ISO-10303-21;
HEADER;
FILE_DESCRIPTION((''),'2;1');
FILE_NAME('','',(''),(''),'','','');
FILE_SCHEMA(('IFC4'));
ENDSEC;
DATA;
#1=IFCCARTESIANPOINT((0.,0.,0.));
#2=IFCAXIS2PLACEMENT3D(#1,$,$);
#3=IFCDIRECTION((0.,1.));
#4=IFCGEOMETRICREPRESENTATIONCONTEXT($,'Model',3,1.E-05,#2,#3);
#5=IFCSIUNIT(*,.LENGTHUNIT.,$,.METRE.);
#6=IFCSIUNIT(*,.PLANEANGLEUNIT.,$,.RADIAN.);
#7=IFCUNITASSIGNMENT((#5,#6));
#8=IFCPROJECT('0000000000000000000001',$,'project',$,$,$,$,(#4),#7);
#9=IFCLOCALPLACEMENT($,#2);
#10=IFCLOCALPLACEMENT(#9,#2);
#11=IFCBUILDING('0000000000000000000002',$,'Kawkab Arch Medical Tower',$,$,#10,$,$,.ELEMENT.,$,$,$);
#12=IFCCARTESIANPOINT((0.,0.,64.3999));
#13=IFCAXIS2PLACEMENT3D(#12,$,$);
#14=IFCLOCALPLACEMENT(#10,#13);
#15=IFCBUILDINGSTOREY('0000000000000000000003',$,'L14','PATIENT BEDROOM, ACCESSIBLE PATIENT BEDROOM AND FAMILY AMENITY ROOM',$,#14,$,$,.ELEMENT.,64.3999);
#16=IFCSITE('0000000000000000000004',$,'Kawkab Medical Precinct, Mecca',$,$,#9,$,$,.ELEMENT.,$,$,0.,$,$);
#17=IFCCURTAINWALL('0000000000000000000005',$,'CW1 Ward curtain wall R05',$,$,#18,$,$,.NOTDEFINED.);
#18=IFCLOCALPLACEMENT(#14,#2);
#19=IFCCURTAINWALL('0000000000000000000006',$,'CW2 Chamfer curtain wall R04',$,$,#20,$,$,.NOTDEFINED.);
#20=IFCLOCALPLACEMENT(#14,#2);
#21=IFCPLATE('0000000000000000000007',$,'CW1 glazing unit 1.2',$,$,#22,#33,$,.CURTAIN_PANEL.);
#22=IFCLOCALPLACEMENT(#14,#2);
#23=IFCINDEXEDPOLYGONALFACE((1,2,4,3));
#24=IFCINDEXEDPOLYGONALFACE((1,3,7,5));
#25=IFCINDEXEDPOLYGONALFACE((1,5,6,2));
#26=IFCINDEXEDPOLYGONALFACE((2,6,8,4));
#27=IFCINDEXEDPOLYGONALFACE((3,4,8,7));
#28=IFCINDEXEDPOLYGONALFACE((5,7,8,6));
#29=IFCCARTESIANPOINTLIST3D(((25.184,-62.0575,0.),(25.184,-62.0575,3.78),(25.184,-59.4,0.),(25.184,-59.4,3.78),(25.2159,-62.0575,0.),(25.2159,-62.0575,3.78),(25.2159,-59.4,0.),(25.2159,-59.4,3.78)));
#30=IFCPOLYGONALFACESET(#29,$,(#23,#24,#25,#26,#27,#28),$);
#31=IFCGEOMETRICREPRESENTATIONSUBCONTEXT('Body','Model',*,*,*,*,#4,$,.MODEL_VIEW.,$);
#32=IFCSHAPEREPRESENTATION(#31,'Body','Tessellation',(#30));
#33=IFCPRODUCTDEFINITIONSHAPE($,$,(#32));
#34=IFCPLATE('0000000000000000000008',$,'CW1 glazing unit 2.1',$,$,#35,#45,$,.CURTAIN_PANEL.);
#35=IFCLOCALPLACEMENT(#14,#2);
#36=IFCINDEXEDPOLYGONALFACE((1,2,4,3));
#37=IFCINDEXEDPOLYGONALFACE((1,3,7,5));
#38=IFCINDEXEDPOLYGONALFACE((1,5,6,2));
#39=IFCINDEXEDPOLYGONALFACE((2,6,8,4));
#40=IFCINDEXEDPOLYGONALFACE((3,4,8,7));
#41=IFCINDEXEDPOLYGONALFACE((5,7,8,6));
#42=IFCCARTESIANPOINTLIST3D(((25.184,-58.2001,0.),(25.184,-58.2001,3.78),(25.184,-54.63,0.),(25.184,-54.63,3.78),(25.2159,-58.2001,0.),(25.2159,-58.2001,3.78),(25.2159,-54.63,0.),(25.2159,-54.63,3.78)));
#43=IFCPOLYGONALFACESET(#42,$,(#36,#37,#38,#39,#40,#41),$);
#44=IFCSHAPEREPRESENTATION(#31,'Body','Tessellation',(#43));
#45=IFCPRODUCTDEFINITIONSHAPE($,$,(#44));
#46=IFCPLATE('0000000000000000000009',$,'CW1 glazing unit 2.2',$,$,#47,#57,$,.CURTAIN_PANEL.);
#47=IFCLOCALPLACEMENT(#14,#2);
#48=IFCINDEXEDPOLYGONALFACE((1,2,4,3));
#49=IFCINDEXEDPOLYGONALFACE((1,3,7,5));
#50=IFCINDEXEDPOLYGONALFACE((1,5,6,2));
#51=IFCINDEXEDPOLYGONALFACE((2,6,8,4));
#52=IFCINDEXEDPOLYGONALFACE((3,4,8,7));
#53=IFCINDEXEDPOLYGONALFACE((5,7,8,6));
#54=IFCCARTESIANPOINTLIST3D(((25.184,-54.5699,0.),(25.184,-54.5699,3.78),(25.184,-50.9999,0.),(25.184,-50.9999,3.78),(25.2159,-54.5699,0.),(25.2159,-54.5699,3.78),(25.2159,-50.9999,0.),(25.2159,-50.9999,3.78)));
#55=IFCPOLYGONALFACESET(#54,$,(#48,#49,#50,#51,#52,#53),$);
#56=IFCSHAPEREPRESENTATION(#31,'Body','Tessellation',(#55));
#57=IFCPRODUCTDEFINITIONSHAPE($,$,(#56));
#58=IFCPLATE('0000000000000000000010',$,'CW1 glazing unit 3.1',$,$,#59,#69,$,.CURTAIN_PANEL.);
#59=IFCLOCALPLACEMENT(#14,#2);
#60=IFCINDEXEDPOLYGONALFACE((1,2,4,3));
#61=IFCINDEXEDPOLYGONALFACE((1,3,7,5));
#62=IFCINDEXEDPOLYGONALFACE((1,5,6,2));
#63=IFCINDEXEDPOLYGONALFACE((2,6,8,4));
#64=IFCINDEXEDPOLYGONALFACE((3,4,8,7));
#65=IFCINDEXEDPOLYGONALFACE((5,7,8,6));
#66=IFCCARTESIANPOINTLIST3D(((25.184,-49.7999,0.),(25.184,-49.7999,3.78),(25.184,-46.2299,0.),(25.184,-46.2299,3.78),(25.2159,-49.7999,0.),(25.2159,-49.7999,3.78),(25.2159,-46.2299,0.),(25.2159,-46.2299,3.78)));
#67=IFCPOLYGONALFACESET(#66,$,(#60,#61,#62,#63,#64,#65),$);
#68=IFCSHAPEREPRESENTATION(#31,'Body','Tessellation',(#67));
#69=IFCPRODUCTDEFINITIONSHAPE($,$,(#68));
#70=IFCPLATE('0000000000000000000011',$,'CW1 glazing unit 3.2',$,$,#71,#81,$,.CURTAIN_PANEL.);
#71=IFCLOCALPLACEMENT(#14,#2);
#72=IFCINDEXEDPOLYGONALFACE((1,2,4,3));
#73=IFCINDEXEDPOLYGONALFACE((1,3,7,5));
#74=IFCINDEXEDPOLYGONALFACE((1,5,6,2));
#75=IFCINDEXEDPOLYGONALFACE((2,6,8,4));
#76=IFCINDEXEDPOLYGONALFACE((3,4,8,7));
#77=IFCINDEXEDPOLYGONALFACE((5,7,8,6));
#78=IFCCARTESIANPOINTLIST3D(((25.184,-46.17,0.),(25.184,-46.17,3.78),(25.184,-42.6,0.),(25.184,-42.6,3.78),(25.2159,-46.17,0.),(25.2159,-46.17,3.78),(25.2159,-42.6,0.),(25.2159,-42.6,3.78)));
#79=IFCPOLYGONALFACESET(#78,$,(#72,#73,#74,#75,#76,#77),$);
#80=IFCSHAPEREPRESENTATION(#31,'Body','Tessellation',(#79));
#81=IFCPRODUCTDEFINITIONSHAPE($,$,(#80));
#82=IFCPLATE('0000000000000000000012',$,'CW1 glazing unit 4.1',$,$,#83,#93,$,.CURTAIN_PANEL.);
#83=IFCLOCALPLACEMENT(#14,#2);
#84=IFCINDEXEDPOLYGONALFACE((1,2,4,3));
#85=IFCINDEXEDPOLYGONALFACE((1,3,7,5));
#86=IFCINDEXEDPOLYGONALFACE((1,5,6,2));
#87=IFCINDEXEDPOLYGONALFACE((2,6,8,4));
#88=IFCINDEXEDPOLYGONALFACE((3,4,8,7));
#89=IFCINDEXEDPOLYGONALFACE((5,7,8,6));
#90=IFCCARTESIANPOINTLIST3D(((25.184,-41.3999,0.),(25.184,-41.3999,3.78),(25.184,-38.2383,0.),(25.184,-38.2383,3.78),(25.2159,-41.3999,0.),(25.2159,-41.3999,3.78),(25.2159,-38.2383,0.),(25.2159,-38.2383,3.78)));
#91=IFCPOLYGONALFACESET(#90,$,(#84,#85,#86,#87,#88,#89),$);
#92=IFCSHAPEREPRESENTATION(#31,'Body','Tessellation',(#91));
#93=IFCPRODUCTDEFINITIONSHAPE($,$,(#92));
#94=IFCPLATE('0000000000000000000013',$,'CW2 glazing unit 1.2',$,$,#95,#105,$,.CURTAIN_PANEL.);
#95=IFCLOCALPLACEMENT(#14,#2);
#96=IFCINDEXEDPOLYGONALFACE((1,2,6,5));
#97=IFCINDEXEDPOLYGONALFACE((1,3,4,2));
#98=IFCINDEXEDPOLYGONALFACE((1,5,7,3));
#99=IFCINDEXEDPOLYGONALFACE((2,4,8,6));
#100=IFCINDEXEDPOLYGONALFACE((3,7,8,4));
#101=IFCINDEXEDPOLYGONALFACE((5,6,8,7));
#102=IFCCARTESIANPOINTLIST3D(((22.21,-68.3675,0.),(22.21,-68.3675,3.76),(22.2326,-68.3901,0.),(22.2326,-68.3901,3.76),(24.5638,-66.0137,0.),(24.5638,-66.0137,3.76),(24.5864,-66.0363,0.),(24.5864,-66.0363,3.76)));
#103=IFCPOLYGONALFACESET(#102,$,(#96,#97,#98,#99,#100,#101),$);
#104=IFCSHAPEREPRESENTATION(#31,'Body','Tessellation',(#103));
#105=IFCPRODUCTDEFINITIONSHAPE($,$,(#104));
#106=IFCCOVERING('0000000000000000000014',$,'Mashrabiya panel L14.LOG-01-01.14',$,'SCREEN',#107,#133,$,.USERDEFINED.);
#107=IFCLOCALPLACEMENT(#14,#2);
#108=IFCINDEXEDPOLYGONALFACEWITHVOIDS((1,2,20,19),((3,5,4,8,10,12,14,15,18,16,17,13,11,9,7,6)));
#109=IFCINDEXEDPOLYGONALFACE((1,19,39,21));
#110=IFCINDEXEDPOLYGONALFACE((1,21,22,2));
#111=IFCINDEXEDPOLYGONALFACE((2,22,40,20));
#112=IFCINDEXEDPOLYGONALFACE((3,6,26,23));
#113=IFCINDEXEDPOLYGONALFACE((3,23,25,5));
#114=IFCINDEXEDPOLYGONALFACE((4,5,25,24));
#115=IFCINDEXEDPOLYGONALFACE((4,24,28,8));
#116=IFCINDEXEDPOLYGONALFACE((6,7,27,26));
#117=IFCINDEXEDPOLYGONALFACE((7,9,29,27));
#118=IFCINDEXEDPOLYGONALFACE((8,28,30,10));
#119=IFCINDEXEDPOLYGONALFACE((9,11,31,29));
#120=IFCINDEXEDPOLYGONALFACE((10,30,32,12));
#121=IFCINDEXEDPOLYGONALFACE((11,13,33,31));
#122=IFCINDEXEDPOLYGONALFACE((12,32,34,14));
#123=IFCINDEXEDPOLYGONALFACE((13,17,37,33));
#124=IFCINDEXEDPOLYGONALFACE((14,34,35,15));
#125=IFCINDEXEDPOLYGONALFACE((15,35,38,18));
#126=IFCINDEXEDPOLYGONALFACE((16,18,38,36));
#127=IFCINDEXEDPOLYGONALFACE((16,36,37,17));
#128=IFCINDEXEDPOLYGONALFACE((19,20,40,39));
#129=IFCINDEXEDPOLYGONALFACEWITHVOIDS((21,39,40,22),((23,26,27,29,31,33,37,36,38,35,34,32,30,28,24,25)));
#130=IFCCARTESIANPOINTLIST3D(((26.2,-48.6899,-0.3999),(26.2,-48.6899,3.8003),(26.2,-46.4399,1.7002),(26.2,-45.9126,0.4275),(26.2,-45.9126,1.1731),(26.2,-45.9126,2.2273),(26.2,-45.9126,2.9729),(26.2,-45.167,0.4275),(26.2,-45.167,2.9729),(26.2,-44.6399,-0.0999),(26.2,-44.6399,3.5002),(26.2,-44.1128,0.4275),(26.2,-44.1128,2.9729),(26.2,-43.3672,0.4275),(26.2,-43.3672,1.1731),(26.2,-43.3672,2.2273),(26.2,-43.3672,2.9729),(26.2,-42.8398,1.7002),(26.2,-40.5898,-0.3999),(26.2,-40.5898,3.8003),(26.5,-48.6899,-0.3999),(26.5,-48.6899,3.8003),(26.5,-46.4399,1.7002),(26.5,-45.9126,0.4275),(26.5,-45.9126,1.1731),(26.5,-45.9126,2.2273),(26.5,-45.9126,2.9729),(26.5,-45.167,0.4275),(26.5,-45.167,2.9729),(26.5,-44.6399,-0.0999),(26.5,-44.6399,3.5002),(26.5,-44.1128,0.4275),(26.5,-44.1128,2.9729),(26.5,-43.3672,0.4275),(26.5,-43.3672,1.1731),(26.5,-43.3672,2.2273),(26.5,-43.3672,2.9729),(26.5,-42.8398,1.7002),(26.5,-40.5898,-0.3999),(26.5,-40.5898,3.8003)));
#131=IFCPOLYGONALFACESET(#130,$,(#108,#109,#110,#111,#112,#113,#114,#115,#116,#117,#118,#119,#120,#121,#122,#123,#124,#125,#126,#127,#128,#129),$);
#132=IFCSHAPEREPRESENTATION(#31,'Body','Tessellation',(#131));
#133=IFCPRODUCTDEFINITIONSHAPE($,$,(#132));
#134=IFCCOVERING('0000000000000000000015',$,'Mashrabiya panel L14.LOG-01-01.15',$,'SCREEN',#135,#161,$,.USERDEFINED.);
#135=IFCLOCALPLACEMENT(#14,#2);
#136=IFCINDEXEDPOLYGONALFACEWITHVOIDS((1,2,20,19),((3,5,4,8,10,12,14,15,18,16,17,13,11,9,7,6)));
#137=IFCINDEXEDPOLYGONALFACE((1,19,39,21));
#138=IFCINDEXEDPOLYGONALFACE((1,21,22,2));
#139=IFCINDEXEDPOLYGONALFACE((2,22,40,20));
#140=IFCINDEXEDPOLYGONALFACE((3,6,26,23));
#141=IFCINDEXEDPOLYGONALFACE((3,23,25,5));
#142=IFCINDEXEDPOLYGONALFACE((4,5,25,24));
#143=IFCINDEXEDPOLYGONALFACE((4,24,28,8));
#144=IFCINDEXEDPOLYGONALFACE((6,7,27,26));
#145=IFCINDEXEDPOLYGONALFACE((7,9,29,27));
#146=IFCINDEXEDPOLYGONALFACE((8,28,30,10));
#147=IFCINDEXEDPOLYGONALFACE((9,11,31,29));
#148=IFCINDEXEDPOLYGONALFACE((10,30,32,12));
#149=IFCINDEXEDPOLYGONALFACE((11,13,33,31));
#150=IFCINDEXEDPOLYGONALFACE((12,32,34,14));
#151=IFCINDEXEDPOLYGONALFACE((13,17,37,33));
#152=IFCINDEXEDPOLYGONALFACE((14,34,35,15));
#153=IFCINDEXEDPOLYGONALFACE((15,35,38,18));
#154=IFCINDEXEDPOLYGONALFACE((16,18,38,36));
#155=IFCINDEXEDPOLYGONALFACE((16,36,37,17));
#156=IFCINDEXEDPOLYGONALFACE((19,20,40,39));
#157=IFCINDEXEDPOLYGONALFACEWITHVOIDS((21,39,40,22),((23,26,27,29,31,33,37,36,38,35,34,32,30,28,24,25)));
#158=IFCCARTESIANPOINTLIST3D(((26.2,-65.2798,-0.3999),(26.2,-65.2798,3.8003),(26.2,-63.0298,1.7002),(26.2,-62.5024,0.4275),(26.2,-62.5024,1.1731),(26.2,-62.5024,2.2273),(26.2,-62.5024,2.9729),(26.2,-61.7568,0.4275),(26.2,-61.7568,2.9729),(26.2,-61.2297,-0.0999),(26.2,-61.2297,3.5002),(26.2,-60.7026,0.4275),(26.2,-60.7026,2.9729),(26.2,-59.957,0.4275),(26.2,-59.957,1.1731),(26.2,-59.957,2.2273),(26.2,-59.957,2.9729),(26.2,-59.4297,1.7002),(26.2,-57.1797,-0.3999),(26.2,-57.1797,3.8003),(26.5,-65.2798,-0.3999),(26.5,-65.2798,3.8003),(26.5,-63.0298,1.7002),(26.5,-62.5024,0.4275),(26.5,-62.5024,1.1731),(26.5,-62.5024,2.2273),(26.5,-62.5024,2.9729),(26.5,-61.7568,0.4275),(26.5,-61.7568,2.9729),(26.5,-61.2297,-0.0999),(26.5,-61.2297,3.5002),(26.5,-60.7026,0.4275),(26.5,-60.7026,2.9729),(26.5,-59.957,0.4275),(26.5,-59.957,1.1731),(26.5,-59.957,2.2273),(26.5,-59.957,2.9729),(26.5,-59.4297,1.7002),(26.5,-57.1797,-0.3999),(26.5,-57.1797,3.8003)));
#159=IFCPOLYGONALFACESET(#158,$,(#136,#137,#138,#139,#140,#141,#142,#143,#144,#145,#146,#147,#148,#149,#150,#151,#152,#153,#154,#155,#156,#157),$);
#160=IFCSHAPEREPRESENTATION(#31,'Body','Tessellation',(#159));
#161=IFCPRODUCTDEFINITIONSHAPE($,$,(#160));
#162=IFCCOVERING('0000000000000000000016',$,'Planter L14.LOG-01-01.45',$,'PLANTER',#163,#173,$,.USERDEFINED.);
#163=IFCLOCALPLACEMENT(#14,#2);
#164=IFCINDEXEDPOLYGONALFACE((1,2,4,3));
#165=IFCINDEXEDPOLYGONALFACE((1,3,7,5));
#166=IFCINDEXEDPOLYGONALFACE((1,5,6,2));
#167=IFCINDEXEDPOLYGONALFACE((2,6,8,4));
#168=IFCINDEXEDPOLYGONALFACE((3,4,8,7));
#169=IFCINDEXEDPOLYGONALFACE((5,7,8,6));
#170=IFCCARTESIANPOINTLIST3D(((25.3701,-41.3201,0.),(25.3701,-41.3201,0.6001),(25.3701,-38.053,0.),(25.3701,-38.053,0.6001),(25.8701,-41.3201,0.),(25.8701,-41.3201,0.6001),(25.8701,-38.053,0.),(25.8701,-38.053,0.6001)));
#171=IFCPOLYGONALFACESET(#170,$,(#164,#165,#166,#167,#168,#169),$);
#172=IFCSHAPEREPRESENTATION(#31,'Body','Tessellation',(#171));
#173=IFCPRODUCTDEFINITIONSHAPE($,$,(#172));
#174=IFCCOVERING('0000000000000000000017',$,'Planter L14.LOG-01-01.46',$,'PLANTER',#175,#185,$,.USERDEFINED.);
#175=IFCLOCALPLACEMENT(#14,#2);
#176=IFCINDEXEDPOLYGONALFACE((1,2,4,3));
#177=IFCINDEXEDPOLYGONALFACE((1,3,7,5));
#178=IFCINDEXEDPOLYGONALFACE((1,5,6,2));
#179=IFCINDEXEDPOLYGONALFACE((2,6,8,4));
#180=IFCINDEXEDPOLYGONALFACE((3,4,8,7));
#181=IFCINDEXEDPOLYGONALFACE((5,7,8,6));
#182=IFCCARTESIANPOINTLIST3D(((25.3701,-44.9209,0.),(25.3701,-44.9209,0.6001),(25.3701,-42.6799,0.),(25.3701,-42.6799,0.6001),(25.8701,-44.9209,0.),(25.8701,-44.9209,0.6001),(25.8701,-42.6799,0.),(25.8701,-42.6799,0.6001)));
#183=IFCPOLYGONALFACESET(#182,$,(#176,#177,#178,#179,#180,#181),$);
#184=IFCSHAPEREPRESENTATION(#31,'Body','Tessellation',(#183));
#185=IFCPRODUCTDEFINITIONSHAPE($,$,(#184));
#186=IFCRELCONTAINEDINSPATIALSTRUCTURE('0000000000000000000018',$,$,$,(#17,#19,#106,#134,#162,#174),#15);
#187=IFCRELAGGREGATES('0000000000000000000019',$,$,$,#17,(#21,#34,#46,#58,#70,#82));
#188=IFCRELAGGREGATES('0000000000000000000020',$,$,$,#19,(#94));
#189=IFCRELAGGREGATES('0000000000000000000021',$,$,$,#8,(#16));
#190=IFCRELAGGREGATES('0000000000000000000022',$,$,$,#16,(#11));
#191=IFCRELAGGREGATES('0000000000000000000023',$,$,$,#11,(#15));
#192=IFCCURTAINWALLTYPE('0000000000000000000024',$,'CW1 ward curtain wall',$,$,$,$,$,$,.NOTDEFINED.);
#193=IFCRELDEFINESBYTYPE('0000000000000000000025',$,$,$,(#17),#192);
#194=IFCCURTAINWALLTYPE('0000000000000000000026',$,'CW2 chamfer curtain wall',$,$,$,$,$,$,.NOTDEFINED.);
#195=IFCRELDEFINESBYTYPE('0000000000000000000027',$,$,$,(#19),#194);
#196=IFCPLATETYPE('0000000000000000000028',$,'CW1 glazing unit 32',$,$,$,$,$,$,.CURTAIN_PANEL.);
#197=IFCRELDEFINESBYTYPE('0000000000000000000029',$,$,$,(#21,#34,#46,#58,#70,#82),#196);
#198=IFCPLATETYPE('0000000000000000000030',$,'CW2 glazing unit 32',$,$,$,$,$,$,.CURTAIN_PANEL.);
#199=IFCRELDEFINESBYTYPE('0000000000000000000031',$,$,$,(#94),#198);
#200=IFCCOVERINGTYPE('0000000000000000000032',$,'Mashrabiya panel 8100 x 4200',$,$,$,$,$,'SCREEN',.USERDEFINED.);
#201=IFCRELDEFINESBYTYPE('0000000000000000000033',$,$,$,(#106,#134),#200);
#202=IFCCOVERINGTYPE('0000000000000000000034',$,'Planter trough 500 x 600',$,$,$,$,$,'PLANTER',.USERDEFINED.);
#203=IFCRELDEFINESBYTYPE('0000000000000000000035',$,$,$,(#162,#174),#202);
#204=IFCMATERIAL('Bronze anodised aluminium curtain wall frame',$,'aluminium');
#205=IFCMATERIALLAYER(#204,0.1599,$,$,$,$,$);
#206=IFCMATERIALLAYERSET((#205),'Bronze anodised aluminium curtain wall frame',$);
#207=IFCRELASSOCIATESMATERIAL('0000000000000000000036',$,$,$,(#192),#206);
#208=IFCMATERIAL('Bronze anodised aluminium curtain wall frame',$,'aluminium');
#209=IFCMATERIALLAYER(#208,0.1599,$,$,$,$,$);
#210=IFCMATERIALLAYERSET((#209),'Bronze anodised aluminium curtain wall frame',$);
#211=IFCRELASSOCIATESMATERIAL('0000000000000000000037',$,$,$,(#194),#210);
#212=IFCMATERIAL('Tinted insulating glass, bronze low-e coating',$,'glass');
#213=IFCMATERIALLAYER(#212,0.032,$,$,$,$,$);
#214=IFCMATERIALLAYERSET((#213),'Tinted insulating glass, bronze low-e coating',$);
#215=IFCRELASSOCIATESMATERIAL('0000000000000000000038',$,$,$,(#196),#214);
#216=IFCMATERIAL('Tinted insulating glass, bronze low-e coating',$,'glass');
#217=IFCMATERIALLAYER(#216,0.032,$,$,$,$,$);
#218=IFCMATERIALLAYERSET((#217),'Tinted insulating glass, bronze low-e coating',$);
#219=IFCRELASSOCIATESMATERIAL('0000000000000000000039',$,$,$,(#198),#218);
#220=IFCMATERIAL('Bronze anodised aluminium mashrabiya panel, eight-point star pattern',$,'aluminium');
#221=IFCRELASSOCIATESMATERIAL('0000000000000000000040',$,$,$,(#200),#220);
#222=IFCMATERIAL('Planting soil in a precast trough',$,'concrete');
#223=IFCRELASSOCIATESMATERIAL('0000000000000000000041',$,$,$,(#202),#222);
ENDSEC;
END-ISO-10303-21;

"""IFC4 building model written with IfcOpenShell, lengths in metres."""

from ifc_helpers import new_model, si_unit, direction, frame, origin, origin_2d, place, context, subcontext, project, spatial, polyline, rectangle, outline, extrude, material, layer, layer_set, material_profile, profile_set, type_object, element, aggregate, save


model = new_model("IFC4")

# Units and contexts
model_context = context("Model", 3, precision=1e-05, world=origin(), true_north=direction((0.0, 1.0)))
body_context = subcontext(model_context, "Body", "Model", "MODEL_VIEW")
ifc_project = project(units=[si_unit("LENGTHUNIT", "METRE"), si_unit("PLANEANGLEUNIT", "RADIAN")], contexts=[model_context])

# Site, building, storey
site_placement = place(None, origin())
site = spatial("IfcSite", under=ifc_project, at=site_placement, Name="Kawkab Medical Precinct, Mecca", CompositionType="ELEMENT", RefElevation=0.0)
building_placement = place(site_placement, origin())
building = spatial("IfcBuilding", under=site, at=building_placement, Name="Kawkab Arch Medical Tower", CompositionType="ELEMENT")
storey_placement = place(building_placement, frame((0.0, 0.0, 64.3999)))
storey = spatial("IfcBuildingStorey", under=building, at=storey_placement, Name="L14", Description="PATIENT BEDROOM, ACCESSIBLE PATIENT BEDROOM AND FAMILY AMENITY ROOM", CompositionType="ELEMENT", Elevation=64.3999)

# Curtain wall
ifc_material_1 = material(Name="Bronze anodised aluminium curtain wall frame", Category="aluminium")
ifc_layer_1 = layer(ifc_material_1, 0.1599)
ifc_layer_set_1 = layer_set([ifc_layer_1], Name="Bronze anodised aluminium curtain wall frame")
curtain_wall_type_1 = type_object("IfcCurtainWallType", Name="CW1 ward curtain wall", PredefinedType="NOTDEFINED", material=ifc_layer_set_1)
placement = place(storey_placement, origin())
curtain_wall_1 = element("IfcCurtainWall", 1, at=placement, inside=storey, type_object=curtain_wall_type_1, Name="CW1 Ward curtain wall R05", PredefinedType="NOTDEFINED")

# Curtain wall
ifc_material_2 = material(Name="Bronze anodised aluminium curtain wall frame", Category="aluminium")
ifc_layer_2 = layer(ifc_material_2, 0.1599)
ifc_layer_set_2 = layer_set([ifc_layer_2], Name="Bronze anodised aluminium curtain wall frame")
curtain_wall_type_2 = type_object("IfcCurtainWallType", Name="CW2 chamfer curtain wall", PredefinedType="NOTDEFINED", material=ifc_layer_set_2)
curtain_wall_2 = element("IfcCurtainWall", 2, at=placement, inside=storey, type_object=curtain_wall_type_2, Name="CW2 Chamfer curtain wall R04", PredefinedType="NOTDEFINED")

# Plates
ifc_material_3 = material(Name="Tinted insulating glass, bronze low-e coating", Category="glass")
ifc_layer_3 = layer(ifc_material_3, 0.032)
ifc_layer_set_3 = layer_set([ifc_layer_3], Name="Tinted insulating glass, bronze low-e coating")
plate_type_1 = type_object("IfcPlateType", Name="CW1 glazing unit 32", PredefinedType="CURTAIN_PANEL", material=ifc_layer_set_3)
plate_1_placement = place(storey_placement, frame((25.2, -60.7288, 0.0), z_axis=(0.0, 0.0, 1.0), x_axis=(0.0, 1.0, 0.0)))
plate_1 = element("IfcPlate", 3, at=plate_1_placement, type_object=plate_type_1, Name="CW1 glazing unit 1.2", PredefinedType="CURTAIN_PANEL", context=body_context, shape_type="SweptSolid", body=[
    extrude(rectangle(XDim=2.6575, YDim=0.032, at=origin_2d()), origin(), (0.0, 0.0, 1.0), 3.78),
])
plate_2_placement = place(storey_placement, frame((25.2, -56.415, 0.0), z_axis=(0.0, 0.0, 1.0), x_axis=(0.0, 1.0, 0.0)))
plate_2 = element("IfcPlate", 4, at=plate_2_placement, type_object=plate_type_1, Name="CW1 glazing unit 2.1", PredefinedType="CURTAIN_PANEL", context=body_context, shape_type="SweptSolid", body=[
    extrude(rectangle(XDim=3.5701, YDim=0.032, at=origin_2d()), origin(), (0.0, 0.0, 1.0), 3.78),
])
plate_3_placement = place(storey_placement, frame((25.2, -52.7849, 0.0), z_axis=(0.0, 0.0, 1.0), x_axis=(0.0, 1.0, 0.0)))
plate_3 = element("IfcPlate", 5, at=plate_3_placement, type_object=plate_type_1, Name="CW1 glazing unit 2.2", PredefinedType="CURTAIN_PANEL", context=body_context, shape_type="SweptSolid", body=[
    extrude(rectangle(XDim=3.5701, YDim=0.032, at=origin_2d()), origin(), (0.0, 0.0, 1.0), 3.78),
])
plate_4_placement = place(storey_placement, frame((25.2, -48.0149, 0.0), z_axis=(0.0, 0.0, 1.0), x_axis=(0.0, 1.0, 0.0)))
plate_4 = element("IfcPlate", 6, at=plate_4_placement, type_object=plate_type_1, Name="CW1 glazing unit 3.1", PredefinedType="CURTAIN_PANEL", context=body_context, shape_type="SweptSolid", body=[
    extrude(rectangle(XDim=3.5701, YDim=0.032, at=origin_2d()), origin(), (0.0, 0.0, 1.0), 3.78),
])
plate_5_placement = place(storey_placement, frame((25.2, -44.385, 0.0), z_axis=(0.0, 0.0, 1.0), x_axis=(0.0, 1.0, 0.0)))
plate_5 = element("IfcPlate", 7, at=plate_5_placement, type_object=plate_type_1, Name="CW1 glazing unit 3.2", PredefinedType="CURTAIN_PANEL", context=body_context, shape_type="SweptSolid", body=[
    extrude(rectangle(XDim=3.5701, YDim=0.032, at=origin_2d()), origin(), (0.0, 0.0, 1.0), 3.78),
])
plate_6_placement = place(storey_placement, frame((25.2, -39.8191, 0.0), z_axis=(0.0, 0.0, 1.0), x_axis=(0.0, 1.0, 0.0)))
plate_6 = element("IfcPlate", 8, at=plate_6_placement, type_object=plate_type_1, Name="CW1 glazing unit 4.1", PredefinedType="CURTAIN_PANEL", context=body_context, shape_type="SweptSolid", body=[
    extrude(rectangle(XDim=3.1616, YDim=0.032, at=origin_2d()), origin(), (0.0, 0.0, 1.0), 3.78),
])
aggregate(curtain_wall_1, [plate_1, plate_2, plate_3, plate_4, plate_5, plate_6])
ifc_material_4 = material(Name="Tinted insulating glass, bronze low-e coating", Category="glass")
ifc_layer_4 = layer(ifc_material_4, 0.032)
ifc_layer_set_4 = layer_set([ifc_layer_4], Name="Tinted insulating glass, bronze low-e coating")
plate_type_2 = type_object("IfcPlateType", Name="CW2 glazing unit 32", PredefinedType="CURTAIN_PANEL", material=ifc_layer_set_4)
plate_7_placement = place(storey_placement, frame((23.3982, -67.2019, 0.0), z_axis=(0.0, 0.0, 1.0), x_axis=(0.707107, 0.707107, 0.0)))
plate_7 = element("IfcPlate", 9, at=plate_7_placement, type_object=plate_type_2, Name="CW2 glazing unit 1.2", PredefinedType="CURTAIN_PANEL", context=body_context, shape_type="SweptSolid", body=[
    extrude(rectangle(XDim=3.3289, YDim=0.032, at=origin_2d()), origin(), (0.0, 0.0, 1.0), 3.76),
])
aggregate(curtain_wall_2, [plate_7])

# Coverings
ifc_material_5 = material(Name="Bronze anodised aluminium mashrabiya panel, eight-point star pattern", Category="aluminium")
ifc_material_profile_1 = material_profile(ifc_material_5, outline(polyline([(-4.05, -2.1001), (4.05, -2.1001), (4.05, 2.1001), (-4.05, 2.1001), (-4.05, -2.1001)]), holes=[polyline([(1.8, 0.0), (1.2727, 0.5271), (1.2727, 1.2727), (0.5271, 1.2727), (0.0, 1.8), (-0.5271, 1.2727), (-1.2727, 1.2727), (-1.2727, 0.5271), (-1.8, 0.0), (-1.2727, -0.5271), (-1.2727, -1.2727), (-0.5271, -1.2727), (0.0, -1.8), (0.5271, -1.2727), (1.2727, -1.2727), (1.2727, -0.5271), (1.8, 0.0)])]), Name="Mashrabiya panel 8100x4200")
ifc_profile_set_1 = profile_set([ifc_material_profile_1], Name="Bronze anodised aluminium mashrabiya panel, eight-point star pattern")
covering_type_1 = type_object("IfcCoveringType", Name="Mashrabiya panel 8100 x 4200", ElementType="SCREEN", PredefinedType="USERDEFINED", material=ifc_profile_set_1)
for number, where, z_axis, x_axis, name in (
    (10, (26.2, -44.6399, 1.7002), (1.0, 0.0, 0.0), (0.0, 1.0, 0.0), "Mashrabiya panel L14.LOG-01-01.14"),
    (11, (26.2, -61.2297, 1.7002), (1.0, 0.0, 0.0), (0.0, 1.0, 0.0), "Mashrabiya panel L14.LOG-01-01.15"),
):
    element("IfcCovering", number, at=place(storey_placement, frame(where, z_axis=z_axis, x_axis=x_axis)), inside=storey, type_object=covering_type_1, Name=name, ObjectType="SCREEN", PredefinedType="USERDEFINED", context=body_context, shape_type="SweptSolid", body=[
        extrude(outline(polyline([(-4.05, -2.1001), (4.05, -2.1001), (4.05, 2.1001), (-4.05, 2.1001), (-4.05, -2.1001)]), holes=[polyline([(1.8, 0.0), (1.2727, 0.5271), (1.2727, 1.2727), (0.5271, 1.2727), (0.0, 1.8), (-0.5271, 1.2727), (-1.2727, 1.2727), (-1.2727, 0.5271), (-1.8, 0.0), (-1.2727, -0.5271), (-1.2727, -1.2727), (-0.5271, -1.2727), (0.0, -1.8), (0.5271, -1.2727), (1.2727, -1.2727), (1.2727, -0.5271), (1.8, 0.0)])]), origin(), (0.0, 0.0, 1.0), 0.3),
    ])
ifc_material_6 = material(Name="Planting soil in a precast trough", Category="concrete")
ifc_material_profile_2 = material_profile(ifc_material_6, rectangle(XDim=0.5, YDim=0.6001, at=origin_2d()), Name="Trough 500x600")
ifc_profile_set_2 = profile_set([ifc_material_profile_2], Name="Planting soil in a precast trough")
covering_type_2 = type_object("IfcCoveringType", Name="Planter trough 500 x 600", ElementType="PLANTER", PredefinedType="USERDEFINED", material=ifc_profile_set_2)
covering_1_placement = place(storey_placement, frame((25.6201, -38.053, 0.3), z_axis=(0.0, -1.0, 0.0), x_axis=(1.0, 0.0, 0.0)))
element("IfcCovering", 12, at=covering_1_placement, inside=storey, type_object=covering_type_2, Name="Planter L14.LOG-01-01.45", ObjectType="PLANTER", PredefinedType="USERDEFINED", context=body_context, shape_type="SweptSolid", body=[
    extrude(rectangle(XDim=0.5, YDim=0.6001, at=origin_2d()), origin(), (0.0, 0.0, 1.0), 3.2671),
])
covering_2_placement = place(storey_placement, frame((25.6201, -42.6799, 0.3), z_axis=(0.0, -1.0, 0.0), x_axis=(1.0, 0.0, 0.0)))
element("IfcCovering", 13, at=covering_2_placement, inside=storey, type_object=covering_type_2, Name="Planter L14.LOG-01-01.46", ObjectType="PLANTER", PredefinedType="USERDEFINED", context=body_context, shape_type="SweptSolid", body=[
    extrude(rectangle(XDim=0.5, YDim=0.6001, at=origin_2d()), origin(), (0.0, 0.0, 1.0), 2.241),
])

save(model, "model.ifc")
